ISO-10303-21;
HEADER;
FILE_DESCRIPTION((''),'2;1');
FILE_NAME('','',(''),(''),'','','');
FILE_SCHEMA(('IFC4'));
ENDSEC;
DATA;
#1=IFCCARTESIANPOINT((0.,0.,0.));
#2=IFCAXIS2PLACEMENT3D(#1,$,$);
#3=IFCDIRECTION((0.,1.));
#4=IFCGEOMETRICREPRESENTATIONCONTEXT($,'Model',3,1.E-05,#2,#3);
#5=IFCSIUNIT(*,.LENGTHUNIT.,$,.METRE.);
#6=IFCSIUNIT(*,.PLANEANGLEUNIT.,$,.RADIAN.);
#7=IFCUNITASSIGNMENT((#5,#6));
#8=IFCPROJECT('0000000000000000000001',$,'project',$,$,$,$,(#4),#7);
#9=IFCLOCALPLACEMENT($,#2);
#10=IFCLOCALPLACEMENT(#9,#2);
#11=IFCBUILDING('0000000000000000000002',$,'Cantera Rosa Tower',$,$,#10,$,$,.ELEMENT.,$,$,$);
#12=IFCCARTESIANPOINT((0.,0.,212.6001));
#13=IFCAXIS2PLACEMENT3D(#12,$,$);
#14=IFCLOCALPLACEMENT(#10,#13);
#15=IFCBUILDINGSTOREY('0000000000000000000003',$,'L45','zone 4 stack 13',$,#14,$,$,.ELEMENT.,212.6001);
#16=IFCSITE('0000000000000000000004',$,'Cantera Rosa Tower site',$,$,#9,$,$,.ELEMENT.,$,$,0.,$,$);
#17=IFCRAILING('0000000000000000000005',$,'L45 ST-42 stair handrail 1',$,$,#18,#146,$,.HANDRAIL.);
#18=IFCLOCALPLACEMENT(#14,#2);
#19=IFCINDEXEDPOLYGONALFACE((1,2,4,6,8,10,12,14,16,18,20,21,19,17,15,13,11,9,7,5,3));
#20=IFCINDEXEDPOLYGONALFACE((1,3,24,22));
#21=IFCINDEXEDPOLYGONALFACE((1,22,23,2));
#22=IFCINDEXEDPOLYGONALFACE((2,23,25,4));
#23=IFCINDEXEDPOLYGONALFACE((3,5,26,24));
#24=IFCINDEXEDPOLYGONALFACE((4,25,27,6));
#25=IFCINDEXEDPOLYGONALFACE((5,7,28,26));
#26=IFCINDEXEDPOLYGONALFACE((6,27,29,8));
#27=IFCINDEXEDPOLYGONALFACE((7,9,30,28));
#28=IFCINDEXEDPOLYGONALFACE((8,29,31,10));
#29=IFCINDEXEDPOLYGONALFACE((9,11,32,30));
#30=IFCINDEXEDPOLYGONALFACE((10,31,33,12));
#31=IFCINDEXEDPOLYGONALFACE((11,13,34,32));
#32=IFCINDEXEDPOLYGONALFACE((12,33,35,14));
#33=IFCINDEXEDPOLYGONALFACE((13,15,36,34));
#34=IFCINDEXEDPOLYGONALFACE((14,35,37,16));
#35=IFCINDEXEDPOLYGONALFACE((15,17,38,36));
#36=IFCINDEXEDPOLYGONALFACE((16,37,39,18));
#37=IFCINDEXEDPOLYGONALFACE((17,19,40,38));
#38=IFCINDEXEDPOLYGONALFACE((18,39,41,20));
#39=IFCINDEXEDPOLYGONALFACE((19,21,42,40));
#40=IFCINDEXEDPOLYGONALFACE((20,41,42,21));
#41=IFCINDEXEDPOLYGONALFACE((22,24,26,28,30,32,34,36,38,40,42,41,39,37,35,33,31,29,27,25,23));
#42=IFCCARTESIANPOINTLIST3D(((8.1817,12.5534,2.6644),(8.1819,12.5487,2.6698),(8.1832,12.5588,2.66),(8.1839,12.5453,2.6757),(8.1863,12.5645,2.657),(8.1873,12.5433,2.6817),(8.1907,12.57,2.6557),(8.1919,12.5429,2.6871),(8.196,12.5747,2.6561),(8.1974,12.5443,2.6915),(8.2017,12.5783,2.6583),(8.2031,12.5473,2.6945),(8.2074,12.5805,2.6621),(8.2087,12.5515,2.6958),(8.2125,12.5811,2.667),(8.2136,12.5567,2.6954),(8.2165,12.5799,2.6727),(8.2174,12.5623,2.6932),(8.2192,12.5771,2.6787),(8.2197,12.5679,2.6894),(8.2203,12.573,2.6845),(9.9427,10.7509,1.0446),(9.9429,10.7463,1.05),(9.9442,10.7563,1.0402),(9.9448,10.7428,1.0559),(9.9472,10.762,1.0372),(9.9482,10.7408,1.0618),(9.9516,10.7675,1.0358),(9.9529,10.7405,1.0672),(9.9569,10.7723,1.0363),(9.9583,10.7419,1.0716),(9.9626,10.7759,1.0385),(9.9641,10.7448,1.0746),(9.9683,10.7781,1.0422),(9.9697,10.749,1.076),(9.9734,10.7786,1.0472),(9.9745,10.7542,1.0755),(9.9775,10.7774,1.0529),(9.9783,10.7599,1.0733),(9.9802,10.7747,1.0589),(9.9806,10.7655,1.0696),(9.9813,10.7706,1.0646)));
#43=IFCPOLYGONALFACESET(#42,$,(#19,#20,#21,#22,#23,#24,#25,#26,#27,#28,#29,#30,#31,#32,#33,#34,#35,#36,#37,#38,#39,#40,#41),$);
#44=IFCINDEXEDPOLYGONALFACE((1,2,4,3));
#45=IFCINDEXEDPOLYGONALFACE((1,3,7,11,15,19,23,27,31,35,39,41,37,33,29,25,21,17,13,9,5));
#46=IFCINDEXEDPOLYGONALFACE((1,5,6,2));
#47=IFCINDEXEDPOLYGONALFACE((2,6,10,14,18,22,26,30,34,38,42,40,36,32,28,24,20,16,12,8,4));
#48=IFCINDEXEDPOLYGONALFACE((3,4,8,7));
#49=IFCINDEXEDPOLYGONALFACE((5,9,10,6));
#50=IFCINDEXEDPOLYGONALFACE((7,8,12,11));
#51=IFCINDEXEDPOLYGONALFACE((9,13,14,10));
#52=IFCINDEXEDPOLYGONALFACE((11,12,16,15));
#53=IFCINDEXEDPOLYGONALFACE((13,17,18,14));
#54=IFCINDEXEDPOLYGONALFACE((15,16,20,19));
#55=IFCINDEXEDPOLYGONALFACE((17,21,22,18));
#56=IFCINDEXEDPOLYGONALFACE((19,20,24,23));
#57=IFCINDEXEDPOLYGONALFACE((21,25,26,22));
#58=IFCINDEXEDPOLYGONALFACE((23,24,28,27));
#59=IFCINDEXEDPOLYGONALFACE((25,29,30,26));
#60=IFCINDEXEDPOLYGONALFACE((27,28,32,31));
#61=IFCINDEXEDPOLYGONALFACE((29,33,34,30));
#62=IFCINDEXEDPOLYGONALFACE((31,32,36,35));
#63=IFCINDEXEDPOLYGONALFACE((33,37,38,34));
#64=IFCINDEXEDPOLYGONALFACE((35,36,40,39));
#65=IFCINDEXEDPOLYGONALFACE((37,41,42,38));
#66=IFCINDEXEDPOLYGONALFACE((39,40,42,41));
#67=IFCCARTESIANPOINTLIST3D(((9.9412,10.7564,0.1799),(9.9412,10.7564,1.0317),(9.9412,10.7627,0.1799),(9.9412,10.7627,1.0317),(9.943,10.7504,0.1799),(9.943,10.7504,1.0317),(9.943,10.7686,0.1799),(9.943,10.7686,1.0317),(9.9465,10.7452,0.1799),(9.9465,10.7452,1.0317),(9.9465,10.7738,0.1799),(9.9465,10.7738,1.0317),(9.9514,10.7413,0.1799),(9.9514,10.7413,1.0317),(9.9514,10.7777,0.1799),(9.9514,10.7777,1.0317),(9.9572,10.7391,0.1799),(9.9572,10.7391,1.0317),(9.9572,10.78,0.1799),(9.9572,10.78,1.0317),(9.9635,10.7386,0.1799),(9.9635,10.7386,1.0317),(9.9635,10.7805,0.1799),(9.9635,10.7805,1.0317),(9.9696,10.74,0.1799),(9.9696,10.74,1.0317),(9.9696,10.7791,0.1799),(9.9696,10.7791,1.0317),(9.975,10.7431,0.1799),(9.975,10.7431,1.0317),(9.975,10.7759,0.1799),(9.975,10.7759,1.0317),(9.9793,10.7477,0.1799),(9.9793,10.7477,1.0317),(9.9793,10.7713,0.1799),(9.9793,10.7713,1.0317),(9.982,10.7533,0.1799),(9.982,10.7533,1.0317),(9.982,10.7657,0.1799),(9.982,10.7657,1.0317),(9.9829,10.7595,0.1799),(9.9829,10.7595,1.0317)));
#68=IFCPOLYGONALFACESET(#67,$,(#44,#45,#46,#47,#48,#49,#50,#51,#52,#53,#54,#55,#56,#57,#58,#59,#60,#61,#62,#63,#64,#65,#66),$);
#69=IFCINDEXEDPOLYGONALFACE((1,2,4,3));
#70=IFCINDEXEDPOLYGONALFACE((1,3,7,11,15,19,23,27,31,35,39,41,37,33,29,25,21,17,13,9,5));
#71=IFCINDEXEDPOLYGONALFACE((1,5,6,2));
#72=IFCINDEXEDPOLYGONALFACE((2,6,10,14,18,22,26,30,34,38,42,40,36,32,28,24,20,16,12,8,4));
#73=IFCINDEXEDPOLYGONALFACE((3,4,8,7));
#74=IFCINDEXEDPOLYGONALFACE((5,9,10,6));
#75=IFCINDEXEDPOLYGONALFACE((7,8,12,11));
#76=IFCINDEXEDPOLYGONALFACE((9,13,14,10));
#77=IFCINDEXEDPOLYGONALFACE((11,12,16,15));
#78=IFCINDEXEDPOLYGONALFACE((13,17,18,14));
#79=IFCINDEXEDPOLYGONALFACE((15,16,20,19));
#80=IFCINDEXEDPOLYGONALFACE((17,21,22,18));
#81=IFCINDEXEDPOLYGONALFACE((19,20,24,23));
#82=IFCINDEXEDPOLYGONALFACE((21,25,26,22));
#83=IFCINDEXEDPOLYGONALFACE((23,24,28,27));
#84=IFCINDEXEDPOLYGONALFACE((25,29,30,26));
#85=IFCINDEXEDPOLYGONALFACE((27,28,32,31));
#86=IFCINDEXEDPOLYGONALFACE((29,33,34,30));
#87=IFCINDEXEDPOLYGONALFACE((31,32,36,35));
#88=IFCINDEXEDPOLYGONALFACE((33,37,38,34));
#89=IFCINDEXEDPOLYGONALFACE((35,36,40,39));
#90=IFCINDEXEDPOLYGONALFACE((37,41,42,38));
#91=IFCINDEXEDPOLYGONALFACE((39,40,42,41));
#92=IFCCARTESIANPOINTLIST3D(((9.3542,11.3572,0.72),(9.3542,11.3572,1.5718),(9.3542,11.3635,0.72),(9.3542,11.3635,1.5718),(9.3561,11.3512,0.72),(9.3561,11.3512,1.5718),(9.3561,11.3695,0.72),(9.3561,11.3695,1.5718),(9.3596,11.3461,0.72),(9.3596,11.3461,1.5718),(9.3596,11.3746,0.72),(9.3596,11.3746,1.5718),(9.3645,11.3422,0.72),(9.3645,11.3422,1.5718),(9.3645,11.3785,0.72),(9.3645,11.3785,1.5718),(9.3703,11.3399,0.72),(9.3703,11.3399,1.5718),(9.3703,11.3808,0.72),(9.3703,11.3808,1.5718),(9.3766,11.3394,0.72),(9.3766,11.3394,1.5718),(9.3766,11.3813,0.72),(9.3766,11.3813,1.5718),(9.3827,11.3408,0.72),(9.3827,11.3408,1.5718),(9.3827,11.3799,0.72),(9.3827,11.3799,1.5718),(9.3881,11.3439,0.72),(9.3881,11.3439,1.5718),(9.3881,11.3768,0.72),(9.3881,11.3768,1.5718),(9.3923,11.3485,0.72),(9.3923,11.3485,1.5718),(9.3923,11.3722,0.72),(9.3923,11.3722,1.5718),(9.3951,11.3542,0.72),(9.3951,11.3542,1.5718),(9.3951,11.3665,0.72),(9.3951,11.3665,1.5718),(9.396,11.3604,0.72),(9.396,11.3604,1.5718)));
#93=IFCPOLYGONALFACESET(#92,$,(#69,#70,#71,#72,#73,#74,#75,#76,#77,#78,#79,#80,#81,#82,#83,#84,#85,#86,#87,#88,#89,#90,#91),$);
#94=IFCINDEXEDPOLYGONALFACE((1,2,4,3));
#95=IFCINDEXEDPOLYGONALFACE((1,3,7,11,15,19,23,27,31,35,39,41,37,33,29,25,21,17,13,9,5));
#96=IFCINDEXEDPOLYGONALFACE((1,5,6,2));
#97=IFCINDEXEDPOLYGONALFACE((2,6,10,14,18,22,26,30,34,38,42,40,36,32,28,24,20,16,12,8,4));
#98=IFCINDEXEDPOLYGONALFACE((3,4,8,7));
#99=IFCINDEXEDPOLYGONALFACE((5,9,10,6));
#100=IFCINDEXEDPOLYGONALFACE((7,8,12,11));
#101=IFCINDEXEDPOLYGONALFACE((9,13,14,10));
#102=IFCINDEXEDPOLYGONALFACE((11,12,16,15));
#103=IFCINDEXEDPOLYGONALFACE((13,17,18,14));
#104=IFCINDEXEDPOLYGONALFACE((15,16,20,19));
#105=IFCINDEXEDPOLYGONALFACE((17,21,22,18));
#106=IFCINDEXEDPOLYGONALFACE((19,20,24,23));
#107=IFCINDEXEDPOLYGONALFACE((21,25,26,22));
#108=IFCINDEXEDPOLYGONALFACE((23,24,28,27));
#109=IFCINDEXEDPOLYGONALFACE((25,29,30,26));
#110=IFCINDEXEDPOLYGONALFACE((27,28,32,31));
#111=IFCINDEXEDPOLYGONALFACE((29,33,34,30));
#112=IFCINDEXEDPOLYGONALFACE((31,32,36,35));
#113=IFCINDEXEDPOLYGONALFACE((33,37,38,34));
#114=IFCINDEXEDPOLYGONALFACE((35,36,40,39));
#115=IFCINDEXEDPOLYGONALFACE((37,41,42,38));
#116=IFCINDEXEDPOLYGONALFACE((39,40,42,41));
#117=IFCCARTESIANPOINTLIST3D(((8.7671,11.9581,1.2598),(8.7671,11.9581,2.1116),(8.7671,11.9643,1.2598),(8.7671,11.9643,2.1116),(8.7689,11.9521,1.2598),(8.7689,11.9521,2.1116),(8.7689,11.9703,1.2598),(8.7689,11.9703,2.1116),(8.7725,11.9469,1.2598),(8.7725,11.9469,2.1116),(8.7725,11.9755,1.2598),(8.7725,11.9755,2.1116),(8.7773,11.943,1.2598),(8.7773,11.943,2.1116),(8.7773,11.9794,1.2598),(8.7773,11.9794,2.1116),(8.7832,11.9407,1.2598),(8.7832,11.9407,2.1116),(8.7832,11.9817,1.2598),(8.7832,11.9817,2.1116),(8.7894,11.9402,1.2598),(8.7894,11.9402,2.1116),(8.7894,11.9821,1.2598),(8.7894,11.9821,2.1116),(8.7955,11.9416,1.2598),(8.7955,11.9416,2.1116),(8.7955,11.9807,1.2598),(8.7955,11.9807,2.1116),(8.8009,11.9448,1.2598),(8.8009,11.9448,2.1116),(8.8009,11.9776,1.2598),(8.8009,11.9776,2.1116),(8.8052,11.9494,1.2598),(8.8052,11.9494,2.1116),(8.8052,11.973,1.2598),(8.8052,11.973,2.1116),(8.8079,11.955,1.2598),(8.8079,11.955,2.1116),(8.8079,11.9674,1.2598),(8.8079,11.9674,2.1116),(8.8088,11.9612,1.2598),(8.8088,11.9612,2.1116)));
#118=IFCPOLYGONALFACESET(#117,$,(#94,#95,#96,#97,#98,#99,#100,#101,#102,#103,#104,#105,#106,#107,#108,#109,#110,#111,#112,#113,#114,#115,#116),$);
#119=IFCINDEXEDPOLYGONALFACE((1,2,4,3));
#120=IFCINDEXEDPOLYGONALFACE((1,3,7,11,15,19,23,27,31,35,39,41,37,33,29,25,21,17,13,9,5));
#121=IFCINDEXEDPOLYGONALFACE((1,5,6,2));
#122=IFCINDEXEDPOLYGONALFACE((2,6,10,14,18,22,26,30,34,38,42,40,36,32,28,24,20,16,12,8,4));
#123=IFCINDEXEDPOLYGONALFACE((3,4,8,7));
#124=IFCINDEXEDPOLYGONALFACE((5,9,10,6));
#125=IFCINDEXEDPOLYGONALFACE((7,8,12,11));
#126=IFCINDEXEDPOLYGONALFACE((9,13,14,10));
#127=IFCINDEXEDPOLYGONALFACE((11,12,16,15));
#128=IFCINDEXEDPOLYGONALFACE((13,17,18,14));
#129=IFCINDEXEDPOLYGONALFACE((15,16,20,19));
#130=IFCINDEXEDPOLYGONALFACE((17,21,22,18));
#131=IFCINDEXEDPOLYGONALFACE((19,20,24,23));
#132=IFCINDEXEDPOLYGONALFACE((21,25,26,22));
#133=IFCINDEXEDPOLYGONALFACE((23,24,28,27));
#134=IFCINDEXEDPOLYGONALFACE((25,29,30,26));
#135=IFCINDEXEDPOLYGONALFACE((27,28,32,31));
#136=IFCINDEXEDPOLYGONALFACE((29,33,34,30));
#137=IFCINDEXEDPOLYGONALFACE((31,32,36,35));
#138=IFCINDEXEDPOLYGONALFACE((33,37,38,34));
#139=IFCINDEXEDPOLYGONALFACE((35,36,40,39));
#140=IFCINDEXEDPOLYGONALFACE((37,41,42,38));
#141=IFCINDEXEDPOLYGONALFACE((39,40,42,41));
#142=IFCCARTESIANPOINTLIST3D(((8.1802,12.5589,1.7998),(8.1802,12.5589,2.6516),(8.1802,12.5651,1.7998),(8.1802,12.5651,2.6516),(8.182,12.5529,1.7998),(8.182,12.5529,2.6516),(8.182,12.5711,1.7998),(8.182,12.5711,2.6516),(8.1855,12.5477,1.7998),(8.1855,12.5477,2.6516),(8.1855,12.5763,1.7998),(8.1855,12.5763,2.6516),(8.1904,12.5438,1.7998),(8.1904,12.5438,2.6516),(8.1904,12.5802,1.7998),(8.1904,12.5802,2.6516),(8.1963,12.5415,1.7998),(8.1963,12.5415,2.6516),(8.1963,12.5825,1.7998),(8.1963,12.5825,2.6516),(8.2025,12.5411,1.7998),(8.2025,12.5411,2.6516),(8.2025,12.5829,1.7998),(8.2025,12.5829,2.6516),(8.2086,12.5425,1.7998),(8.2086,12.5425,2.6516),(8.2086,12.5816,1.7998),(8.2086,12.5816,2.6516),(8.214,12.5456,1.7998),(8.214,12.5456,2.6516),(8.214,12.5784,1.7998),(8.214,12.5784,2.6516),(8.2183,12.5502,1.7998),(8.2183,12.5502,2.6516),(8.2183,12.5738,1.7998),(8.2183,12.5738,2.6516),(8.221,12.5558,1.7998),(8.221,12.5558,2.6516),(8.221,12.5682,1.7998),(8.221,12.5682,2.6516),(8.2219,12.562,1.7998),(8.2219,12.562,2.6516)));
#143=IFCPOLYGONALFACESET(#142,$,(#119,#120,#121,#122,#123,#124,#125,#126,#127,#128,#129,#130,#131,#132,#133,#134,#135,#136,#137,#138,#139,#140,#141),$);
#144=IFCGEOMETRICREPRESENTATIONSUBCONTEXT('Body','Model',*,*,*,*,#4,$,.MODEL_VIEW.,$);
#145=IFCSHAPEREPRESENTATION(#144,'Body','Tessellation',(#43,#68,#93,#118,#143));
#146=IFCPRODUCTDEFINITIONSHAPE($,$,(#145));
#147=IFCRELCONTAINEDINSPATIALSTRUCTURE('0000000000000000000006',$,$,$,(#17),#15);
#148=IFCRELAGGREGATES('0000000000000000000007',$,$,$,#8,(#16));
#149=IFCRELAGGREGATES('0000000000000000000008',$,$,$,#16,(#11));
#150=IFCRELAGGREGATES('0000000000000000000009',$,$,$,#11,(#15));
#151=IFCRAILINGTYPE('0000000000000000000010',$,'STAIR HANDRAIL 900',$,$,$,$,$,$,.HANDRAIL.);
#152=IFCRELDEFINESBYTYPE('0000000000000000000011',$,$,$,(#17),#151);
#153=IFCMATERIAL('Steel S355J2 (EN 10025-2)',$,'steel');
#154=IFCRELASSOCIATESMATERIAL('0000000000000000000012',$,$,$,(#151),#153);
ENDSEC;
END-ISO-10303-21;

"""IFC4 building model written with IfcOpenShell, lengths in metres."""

from ifc_helpers import new_model, si_unit, direction, frame, origin, origin_2d, place, context, subcontext, project, spatial, circle, extrude, material, type_object, element, save


model = new_model("IFC4")

# Units and contexts
model_context = context("Model", 3, precision=1e-05, world=origin(), true_north=direction((0.0, 1.0)))
body_context = subcontext(model_context, "Body", "Model", "MODEL_VIEW")
ifc_project = project(units=[si_unit("LENGTHUNIT", "METRE"), si_unit("PLANEANGLEUNIT", "RADIAN")], contexts=[model_context])

# Site, building, storey
site_placement = place(None, origin())
site = spatial("IfcSite", under=ifc_project, at=site_placement, Name="Cantera Rosa Tower site", CompositionType="ELEMENT", RefElevation=0.0)
building_placement = place(site_placement, origin())
building = spatial("IfcBuilding", under=site, at=building_placement, Name="Cantera Rosa Tower", CompositionType="ELEMENT")
storey_placement = place(building_placement, frame((0.0, 0.0, 212.6001)))
storey = spatial("IfcBuildingStorey", under=building, at=storey_placement, Name="L45", Description="zone 4 stack 13", CompositionType="ELEMENT", Elevation=212.6001)

# Railing
ifc_material_1 = material(Name="Steel S355J2 (EN 10025-2)", Category="steel")
railing_type_1 = type_object("IfcRailingType", Name="STAIR HANDRAIL 900", PredefinedType="HANDRAIL", material=ifc_material_1)
railing_1_placement = place(storey_placement, frame((9.9619, 10.7595, 0.1799)))
element("IfcRailing", 1, at=railing_1_placement, inside=storey, type_object=railing_type_1, Name="L45 ST-42 stair handrail 1", PredefinedType="HANDRAIL", context=body_context, shape_type="SweptSolid", body=[
    extrude(circle(Radius=0.0239, at=origin_2d()), frame((0.0, 0.0, 0.876), z_axis=(-0.587844, 0.601699, 0.540738), x_axis=(-0.715294, -0.698824, 0.0)), (0.0, 0.0, 1.0), 2.9956),
    extrude(circle(Radius=0.021, at=origin_2d()), origin(), (0.0, 0.0, 1.0), 0.8518),
    extrude(circle(Radius=0.021, at=origin_2d()), frame((-0.5869, 0.6008, 0.54)), (0.0, 0.0, 1.0), 0.8518),
    extrude(circle(Radius=0.021, at=origin_2d()), frame((-1.1741, 1.2017, 1.0798)), (0.0, 0.0, 1.0), 0.8518),
    extrude(circle(Radius=0.021, at=origin_2d()), frame((-1.761, 1.8025, 1.6199)), (0.0, 0.0, 1.0), 0.8518),
])

save(model, "model.ifc")
